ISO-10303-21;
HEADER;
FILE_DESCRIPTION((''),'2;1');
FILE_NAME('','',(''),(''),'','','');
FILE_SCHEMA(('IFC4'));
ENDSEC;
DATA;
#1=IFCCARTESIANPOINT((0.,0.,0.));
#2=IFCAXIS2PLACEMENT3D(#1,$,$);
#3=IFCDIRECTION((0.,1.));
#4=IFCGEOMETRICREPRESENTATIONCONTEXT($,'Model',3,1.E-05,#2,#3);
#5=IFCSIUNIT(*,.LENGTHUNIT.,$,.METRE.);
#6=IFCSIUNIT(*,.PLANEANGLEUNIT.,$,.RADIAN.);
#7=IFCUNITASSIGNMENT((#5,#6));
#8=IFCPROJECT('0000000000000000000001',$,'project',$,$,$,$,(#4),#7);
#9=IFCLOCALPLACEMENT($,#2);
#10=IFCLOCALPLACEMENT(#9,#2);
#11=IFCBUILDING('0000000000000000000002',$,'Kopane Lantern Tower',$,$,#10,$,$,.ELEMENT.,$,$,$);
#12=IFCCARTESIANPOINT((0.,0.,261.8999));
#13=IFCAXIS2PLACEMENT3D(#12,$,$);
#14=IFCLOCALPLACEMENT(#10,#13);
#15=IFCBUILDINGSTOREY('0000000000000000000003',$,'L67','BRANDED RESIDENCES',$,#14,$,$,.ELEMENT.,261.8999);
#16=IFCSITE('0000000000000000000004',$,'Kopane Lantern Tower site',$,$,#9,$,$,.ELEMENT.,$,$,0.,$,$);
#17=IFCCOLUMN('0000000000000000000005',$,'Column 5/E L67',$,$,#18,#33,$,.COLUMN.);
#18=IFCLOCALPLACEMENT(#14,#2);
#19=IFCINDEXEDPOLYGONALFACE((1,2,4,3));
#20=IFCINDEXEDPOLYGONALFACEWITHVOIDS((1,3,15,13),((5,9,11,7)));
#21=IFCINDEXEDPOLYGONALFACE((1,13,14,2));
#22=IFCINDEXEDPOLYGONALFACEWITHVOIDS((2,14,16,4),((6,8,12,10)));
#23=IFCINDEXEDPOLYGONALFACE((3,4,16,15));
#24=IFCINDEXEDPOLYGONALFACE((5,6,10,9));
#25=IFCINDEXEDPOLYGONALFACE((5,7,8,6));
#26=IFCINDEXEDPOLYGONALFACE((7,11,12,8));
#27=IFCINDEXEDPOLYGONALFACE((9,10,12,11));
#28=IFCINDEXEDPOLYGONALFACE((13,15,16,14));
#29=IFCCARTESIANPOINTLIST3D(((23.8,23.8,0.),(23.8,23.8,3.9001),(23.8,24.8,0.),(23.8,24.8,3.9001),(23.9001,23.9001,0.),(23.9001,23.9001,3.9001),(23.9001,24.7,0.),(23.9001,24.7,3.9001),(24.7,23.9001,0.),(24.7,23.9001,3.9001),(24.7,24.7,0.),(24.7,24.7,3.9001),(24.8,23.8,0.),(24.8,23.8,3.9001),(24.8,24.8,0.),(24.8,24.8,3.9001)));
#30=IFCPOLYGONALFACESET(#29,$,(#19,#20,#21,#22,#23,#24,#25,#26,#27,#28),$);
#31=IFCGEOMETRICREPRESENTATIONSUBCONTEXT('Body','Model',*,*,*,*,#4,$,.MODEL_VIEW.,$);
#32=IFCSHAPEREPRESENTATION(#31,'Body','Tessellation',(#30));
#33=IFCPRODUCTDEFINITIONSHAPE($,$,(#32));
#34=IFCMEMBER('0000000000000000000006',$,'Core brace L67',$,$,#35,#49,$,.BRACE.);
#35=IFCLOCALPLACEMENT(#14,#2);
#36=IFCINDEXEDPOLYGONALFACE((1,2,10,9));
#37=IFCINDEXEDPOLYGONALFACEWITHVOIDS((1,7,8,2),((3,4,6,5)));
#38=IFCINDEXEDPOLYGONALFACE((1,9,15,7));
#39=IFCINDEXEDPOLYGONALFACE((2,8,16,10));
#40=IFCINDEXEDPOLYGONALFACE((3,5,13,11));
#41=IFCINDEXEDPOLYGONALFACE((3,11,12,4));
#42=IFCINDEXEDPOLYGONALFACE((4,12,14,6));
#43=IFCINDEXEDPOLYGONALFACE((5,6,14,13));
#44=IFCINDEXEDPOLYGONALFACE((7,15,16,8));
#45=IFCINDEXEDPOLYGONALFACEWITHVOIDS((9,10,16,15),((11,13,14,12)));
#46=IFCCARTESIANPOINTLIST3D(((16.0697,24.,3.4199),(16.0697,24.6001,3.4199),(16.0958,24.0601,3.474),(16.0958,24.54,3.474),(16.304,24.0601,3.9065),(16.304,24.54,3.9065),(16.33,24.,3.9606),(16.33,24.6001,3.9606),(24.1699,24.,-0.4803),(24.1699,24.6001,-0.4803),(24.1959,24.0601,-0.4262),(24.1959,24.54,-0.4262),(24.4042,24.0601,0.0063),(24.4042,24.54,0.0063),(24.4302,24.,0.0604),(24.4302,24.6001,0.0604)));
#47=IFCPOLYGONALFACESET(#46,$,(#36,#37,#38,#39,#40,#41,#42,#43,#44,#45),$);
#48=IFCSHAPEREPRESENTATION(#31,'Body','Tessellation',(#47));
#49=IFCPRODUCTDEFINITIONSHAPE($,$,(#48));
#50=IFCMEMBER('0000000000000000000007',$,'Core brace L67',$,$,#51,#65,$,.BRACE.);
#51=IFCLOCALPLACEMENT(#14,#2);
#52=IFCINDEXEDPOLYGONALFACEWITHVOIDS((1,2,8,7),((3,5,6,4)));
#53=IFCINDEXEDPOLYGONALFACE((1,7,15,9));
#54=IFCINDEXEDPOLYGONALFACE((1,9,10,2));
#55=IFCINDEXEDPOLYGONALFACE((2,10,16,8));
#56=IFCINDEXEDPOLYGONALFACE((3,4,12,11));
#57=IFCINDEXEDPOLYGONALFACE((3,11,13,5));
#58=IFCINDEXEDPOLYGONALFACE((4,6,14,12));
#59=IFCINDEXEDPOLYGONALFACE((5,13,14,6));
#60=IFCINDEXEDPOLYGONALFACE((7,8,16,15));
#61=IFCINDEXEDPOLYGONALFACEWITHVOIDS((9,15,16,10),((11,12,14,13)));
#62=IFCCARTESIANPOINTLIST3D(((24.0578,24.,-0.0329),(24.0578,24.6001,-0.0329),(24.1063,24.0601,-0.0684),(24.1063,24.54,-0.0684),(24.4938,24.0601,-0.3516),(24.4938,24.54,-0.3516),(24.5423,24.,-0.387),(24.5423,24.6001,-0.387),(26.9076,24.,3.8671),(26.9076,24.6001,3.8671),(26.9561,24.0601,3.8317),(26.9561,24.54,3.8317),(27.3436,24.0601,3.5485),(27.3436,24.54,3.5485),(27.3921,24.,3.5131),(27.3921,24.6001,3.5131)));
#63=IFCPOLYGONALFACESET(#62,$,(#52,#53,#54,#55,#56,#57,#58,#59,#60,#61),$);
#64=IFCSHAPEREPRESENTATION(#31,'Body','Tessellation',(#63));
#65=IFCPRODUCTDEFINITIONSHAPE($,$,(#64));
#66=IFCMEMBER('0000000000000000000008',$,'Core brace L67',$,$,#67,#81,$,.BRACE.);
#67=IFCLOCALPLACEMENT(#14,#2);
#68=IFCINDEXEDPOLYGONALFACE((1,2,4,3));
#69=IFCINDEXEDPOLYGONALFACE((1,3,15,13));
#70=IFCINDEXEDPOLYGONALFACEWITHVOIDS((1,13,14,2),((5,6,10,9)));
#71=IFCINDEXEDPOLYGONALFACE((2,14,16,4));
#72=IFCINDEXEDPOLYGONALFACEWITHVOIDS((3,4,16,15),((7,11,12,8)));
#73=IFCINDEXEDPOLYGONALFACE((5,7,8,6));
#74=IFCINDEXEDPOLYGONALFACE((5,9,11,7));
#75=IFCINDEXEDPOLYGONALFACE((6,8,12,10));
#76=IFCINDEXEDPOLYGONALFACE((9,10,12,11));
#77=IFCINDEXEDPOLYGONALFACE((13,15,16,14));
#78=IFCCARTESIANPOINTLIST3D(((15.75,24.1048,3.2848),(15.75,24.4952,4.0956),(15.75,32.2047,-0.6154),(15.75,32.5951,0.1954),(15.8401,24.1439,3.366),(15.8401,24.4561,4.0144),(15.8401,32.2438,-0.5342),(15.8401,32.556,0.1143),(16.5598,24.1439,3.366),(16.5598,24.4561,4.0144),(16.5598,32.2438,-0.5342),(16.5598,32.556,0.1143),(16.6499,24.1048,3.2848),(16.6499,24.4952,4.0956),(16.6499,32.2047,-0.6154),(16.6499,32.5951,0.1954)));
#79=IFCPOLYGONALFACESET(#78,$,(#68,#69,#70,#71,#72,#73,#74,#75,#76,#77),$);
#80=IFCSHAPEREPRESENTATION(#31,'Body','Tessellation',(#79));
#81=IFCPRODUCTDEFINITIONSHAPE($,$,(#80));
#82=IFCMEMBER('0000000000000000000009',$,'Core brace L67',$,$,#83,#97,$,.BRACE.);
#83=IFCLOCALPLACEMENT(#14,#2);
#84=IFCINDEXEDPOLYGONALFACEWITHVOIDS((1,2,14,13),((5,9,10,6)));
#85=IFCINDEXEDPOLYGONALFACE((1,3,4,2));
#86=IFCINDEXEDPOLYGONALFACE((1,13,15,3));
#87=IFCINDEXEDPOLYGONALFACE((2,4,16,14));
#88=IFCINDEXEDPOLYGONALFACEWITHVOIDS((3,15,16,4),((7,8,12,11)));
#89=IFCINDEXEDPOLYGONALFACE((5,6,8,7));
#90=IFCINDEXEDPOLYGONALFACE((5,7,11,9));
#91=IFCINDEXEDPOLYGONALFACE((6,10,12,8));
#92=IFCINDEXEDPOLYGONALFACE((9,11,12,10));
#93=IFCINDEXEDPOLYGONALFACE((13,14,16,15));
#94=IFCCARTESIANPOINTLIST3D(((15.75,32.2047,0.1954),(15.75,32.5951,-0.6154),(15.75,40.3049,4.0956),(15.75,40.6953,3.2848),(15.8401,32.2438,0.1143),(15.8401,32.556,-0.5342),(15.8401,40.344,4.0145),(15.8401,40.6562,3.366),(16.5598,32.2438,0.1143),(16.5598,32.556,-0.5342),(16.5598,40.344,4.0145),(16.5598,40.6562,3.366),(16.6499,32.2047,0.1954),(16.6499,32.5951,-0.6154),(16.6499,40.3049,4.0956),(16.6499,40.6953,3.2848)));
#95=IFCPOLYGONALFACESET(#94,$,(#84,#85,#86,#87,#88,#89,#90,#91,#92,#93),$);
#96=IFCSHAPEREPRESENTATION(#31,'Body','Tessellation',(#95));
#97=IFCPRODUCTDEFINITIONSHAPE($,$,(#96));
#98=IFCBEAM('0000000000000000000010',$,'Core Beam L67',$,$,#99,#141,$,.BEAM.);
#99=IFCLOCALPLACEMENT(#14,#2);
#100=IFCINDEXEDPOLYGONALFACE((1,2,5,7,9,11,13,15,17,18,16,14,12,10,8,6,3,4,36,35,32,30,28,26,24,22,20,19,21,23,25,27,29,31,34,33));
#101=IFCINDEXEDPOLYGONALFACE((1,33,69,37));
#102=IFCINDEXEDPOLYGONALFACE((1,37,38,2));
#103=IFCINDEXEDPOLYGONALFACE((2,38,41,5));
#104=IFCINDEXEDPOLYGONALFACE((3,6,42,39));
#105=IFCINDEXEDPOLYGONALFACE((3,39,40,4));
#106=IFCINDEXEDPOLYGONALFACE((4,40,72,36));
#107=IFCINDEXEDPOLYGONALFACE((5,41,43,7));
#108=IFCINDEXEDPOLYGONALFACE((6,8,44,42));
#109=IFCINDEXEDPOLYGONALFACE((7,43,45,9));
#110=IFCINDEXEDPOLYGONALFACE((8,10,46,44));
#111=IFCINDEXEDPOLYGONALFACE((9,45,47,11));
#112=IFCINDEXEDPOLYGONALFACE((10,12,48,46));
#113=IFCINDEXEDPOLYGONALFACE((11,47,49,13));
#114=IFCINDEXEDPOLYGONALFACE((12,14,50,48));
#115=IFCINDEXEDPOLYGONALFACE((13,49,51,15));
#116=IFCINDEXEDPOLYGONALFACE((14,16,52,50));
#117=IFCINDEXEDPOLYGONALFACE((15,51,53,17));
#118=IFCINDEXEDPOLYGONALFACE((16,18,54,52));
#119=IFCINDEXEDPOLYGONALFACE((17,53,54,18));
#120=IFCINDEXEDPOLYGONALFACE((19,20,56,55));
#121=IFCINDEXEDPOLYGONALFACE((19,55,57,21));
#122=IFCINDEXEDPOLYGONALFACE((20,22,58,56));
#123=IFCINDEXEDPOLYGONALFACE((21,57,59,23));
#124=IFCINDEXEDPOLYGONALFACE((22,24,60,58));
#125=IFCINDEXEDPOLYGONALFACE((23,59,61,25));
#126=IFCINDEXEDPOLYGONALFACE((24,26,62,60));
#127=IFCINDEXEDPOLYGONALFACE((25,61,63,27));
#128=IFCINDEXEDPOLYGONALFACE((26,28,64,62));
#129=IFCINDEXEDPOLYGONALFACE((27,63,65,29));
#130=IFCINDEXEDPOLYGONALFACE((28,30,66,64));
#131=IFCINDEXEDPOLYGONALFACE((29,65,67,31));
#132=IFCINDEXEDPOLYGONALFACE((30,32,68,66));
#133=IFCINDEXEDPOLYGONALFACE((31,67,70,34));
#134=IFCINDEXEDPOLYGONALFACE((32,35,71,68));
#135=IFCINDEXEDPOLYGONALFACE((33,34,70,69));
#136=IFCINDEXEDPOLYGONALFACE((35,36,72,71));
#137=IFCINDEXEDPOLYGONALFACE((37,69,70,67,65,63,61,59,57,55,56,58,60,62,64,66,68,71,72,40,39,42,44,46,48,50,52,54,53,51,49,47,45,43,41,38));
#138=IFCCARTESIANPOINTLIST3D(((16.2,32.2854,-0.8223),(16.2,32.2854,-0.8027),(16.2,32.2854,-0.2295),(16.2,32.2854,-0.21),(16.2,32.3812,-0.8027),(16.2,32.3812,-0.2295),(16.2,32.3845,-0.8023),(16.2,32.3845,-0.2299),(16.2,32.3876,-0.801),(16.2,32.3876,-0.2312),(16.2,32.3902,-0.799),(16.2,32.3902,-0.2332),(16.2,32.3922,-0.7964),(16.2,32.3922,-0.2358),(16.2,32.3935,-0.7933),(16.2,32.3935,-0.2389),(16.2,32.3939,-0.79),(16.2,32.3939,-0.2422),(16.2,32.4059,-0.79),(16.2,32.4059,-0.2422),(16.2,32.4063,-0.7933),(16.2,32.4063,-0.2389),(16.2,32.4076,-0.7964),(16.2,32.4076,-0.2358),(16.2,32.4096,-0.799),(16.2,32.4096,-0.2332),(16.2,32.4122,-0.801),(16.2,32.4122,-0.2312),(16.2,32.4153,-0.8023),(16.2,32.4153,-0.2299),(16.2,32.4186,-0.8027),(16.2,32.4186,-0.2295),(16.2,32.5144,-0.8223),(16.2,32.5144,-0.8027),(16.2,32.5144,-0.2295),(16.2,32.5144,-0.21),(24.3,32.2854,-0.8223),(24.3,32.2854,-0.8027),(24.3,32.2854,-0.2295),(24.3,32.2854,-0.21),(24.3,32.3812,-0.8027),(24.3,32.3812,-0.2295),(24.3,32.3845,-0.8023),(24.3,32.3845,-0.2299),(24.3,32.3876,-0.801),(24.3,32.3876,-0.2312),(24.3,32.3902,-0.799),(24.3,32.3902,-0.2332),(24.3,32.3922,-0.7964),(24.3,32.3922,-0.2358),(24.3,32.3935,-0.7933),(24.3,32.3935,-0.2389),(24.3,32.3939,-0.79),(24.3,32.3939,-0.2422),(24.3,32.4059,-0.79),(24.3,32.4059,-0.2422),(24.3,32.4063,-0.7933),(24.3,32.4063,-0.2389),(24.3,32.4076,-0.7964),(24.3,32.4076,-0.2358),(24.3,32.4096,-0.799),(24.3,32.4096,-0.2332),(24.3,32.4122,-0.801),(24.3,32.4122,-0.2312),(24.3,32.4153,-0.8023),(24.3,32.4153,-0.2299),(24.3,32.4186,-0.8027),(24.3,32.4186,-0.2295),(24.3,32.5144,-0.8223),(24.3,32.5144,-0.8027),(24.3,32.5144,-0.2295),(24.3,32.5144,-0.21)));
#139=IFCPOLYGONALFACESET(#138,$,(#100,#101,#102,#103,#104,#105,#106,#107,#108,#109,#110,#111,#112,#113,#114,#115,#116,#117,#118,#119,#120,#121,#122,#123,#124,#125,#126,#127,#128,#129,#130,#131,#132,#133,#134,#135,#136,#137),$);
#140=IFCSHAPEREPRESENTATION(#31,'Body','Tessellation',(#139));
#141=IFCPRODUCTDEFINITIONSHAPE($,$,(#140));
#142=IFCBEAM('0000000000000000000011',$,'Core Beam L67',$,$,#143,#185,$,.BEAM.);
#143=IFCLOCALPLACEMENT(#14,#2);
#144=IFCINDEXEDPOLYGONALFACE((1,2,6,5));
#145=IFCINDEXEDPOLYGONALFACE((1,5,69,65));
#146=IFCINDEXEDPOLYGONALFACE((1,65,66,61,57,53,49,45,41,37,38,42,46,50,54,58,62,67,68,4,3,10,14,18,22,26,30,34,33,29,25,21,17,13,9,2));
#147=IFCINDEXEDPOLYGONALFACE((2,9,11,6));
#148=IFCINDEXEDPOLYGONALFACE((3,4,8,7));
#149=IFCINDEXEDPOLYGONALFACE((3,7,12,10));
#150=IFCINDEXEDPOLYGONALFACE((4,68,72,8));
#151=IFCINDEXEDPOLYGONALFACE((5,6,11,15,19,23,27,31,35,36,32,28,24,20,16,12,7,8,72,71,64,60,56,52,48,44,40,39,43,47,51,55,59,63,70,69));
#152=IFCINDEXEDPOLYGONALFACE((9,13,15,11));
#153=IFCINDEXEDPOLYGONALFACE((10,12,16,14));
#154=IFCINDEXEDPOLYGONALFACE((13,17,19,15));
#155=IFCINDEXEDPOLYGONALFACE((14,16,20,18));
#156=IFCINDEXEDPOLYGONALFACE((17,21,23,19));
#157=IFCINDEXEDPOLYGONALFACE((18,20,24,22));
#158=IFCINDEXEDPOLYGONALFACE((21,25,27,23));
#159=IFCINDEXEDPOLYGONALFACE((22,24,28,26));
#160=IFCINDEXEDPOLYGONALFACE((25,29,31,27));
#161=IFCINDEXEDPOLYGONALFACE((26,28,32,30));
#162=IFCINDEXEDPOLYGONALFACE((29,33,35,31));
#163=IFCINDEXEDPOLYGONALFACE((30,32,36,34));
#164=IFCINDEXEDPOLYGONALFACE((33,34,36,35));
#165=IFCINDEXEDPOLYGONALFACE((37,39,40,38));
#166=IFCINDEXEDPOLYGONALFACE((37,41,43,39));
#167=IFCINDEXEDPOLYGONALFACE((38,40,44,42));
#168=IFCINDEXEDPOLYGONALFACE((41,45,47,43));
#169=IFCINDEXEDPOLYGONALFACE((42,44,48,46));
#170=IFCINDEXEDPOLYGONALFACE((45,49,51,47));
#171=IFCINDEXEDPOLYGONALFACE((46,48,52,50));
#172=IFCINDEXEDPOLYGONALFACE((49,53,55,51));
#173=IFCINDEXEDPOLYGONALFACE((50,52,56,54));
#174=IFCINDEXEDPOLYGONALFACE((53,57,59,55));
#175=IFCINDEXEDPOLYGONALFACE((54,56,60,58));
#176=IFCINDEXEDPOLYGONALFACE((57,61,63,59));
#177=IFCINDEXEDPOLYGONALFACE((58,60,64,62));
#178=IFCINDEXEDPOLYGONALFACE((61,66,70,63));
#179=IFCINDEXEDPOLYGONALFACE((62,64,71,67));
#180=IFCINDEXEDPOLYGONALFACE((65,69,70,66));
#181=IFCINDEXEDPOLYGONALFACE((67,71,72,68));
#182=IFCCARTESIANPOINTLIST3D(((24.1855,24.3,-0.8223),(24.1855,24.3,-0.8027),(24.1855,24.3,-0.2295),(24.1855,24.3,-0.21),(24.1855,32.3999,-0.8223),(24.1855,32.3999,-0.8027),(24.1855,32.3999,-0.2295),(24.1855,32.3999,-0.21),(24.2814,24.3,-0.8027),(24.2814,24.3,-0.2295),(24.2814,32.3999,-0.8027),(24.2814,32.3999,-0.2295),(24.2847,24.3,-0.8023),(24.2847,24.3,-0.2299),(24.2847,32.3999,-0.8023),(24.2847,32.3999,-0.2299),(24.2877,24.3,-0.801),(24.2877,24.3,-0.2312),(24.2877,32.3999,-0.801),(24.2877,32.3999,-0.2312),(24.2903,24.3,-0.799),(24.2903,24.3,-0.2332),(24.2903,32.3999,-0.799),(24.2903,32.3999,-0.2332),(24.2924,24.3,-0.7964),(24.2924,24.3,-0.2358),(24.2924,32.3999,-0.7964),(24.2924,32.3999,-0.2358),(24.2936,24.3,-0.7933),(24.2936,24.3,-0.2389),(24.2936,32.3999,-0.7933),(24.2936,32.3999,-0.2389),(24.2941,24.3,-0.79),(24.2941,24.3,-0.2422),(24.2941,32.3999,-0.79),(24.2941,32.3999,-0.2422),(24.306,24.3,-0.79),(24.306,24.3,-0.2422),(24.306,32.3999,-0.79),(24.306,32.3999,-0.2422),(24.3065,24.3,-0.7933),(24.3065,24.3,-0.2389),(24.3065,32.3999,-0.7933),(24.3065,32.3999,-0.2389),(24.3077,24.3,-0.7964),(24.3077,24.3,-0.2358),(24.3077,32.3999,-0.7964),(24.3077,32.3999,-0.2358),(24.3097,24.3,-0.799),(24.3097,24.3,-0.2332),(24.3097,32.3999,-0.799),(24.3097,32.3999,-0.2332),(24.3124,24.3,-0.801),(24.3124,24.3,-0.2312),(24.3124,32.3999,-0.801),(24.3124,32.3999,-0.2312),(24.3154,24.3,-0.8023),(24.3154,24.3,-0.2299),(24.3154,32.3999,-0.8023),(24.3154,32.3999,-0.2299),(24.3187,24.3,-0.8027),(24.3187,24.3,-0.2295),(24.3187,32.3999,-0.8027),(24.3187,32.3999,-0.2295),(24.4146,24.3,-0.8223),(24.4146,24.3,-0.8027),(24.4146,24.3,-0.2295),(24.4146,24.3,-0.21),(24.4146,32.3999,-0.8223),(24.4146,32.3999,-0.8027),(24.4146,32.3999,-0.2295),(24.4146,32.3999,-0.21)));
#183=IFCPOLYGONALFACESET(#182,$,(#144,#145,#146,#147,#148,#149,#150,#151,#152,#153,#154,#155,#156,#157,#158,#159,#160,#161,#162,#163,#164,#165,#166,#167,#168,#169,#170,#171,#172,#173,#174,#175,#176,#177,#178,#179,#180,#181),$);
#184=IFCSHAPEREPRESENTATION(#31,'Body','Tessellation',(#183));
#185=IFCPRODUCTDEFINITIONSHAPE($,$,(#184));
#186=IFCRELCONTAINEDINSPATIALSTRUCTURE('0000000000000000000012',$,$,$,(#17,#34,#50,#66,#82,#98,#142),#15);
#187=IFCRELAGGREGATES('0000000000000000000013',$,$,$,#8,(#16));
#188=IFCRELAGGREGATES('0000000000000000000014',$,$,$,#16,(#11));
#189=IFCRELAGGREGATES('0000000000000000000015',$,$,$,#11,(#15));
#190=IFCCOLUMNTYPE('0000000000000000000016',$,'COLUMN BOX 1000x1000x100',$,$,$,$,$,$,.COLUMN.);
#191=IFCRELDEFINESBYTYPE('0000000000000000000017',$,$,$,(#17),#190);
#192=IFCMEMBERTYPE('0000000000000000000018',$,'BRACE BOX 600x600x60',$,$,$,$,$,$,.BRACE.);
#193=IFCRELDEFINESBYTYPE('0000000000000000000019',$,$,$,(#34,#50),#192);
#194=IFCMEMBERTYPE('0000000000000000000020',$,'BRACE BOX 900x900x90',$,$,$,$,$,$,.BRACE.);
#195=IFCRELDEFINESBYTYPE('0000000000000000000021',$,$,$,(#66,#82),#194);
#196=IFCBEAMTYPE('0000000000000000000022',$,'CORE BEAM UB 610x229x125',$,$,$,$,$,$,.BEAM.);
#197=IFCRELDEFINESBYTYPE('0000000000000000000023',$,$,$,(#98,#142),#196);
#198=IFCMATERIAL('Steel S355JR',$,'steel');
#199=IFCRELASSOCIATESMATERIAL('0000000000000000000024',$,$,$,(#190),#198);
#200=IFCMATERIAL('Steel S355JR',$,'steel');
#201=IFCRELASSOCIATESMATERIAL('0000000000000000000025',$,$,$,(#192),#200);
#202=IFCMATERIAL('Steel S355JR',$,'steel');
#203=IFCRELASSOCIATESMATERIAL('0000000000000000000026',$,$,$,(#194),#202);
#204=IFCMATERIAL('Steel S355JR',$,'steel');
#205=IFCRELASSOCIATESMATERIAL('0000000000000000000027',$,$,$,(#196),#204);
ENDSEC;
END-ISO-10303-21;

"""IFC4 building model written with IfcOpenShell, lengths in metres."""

from ifc_helpers import new_model, si_unit, direction, frame, origin, origin_2d, place, context, subcontext, project, spatial, hollow_rectangle, i_section, extrude, material, material_profile, profile_set, type_object, element, save


model = new_model("IFC4")

# Units and contexts
model_context = context("Model", 3, precision=1e-05, world=origin(), true_north=direction((0.0, 1.0)))
body_context = subcontext(model_context, "Body", "Model", "MODEL_VIEW")
ifc_project = project(units=[si_unit("LENGTHUNIT", "METRE"), si_unit("PLANEANGLEUNIT", "RADIAN")], contexts=[model_context])

# Site, building, storey
site_placement = place(None, origin())
site = spatial("IfcSite", under=ifc_project, at=site_placement, Name="Kopane Lantern Tower site", CompositionType="ELEMENT", RefElevation=0.0)
building_placement = place(site_placement, origin())
building = spatial("IfcBuilding", under=site, at=building_placement, Name="Kopane Lantern Tower", CompositionType="ELEMENT")
storey_placement = place(building_placement, frame((0.0, 0.0, 261.8999)))
storey = spatial("IfcBuildingStorey", under=building, at=storey_placement, Name="L67", Description="BRANDED RESIDENCES", CompositionType="ELEMENT", Elevation=261.8999)

# Column
ifc_material_1 = material(Name="Steel S355JR", Category="steel")
ifc_material_profile_1 = material_profile(ifc_material_1, hollow_rectangle(XDim=1.0, YDim=1.0, WallThickness=0.1001, at=origin_2d()), Name="BOX 1000x1000x100")
ifc_profile_set_1 = profile_set([ifc_material_profile_1], Name="Steel S355JR")
column_type = type_object("IfcColumnType", Name="COLUMN BOX 1000x1000x100", PredefinedType="COLUMN", material=ifc_profile_set_1)
column_placement = place(storey_placement, frame((24.3, 24.3, 0.0), z_axis=(0.0, 0.0, 1.0), x_axis=(1.0, 0.0, 0.0)))
element("IfcColumn", 1, at=column_placement, inside=storey, type_object=column_type, Name="Column 5/E L67", PredefinedType="COLUMN", context=body_context, shape_type="SweptSolid", body=[
    extrude(hollow_rectangle(XDim=1.0, YDim=1.0, WallThickness=0.1001, at=origin_2d()), origin(), (0.0, 0.0, 1.0), 3.9001),
])

# Members
ifc_material_2 = material(Name="Steel S355JR", Category="steel")
ifc_material_profile_2 = material_profile(ifc_material_2, hollow_rectangle(XDim=0.6001, YDim=0.6001, WallThickness=0.0601, at=origin_2d()), Name="BOX 600x600x60")
ifc_profile_set_2 = profile_set([ifc_material_profile_2], Name="Steel S355JR")
member_type_1 = type_object("IfcMemberType", Name="BRACE BOX 600x600x60", PredefinedType="BRACE", material=ifc_profile_set_2)
member_1_placement = place(storey_placement, frame((24.3, 24.3, -0.21), z_axis=(-0.900997, 0.0, 0.433825), x_axis=(0.0, -1.0, 0.0)))
element("IfcMember", 2, at=member_1_placement, inside=storey, type_object=member_type_1, Name="Core brace L67", PredefinedType="BRACE", context=body_context, shape_type="SweptSolid", body=[
    extrude(hollow_rectangle(XDim=0.6001, YDim=0.6001, WallThickness=0.0601, at=origin_2d()), origin(), (0.0, 0.0, 1.0), 8.9902),
])
member_2_placement = place(storey_placement, frame((24.3, 24.3, -0.21), z_axis=(0.589982, 0.0, 0.807416), x_axis=(0.0, 1.0, 0.0)))
element("IfcMember", 3, at=member_2_placement, inside=storey, type_object=member_type_1, Name="Core brace L67", PredefinedType="BRACE", context=body_context, shape_type="SweptSolid", body=[
    extrude(hollow_rectangle(XDim=0.6001, YDim=0.6001, WallThickness=0.0601, at=origin_2d()), origin(), (0.0, 0.0, 1.0), 4.8303),
])
ifc_material_3 = material(Name="Steel S355JR", Category="steel")
ifc_material_profile_3 = material_profile(ifc_material_3, hollow_rectangle(XDim=0.8999, YDim=0.8999, WallThickness=0.0901, at=origin_2d()), Name="BOX 900x900x90")
ifc_profile_set_3 = profile_set([ifc_material_profile_3], Name="Steel S355JR")
member_type_2 = type_object("IfcMemberType", Name="BRACE BOX 900x900x90", PredefinedType="BRACE", material=ifc_profile_set_3)
member_3_placement = place(storey_placement, frame((16.2, 32.3999, -0.21), z_axis=(0.0, -0.900992, 0.433835), x_axis=(1.0, 0.0, 0.0)))
element("IfcMember", 4, at=member_3_placement, inside=storey, type_object=member_type_2, Name="Core brace L67", PredefinedType="BRACE", context=body_context, shape_type="SweptSolid", body=[
    extrude(hollow_rectangle(XDim=0.8999, YDim=0.8999, WallThickness=0.0901, at=origin_2d()), origin(), (0.0, 0.0, 1.0), 8.99),
])
member_4_placement = place(storey_placement, frame((16.2, 32.3999, -0.21), z_axis=(0.0, 0.900997, 0.433825), x_axis=(-1.0, 0.0, 0.0)))
element("IfcMember", 5, at=member_4_placement, inside=storey, type_object=member_type_2, Name="Core brace L67", PredefinedType="BRACE", context=body_context, shape_type="SweptSolid", body=[
    extrude(hollow_rectangle(XDim=0.8999, YDim=0.8999, WallThickness=0.0901, at=origin_2d()), origin(), (0.0, 0.0, 1.0), 8.9902),
])

# Beams
ifc_material_4 = material(Name="Steel S355JR", Category="steel")
ifc_material_profile_4 = material_profile(ifc_material_4, i_section(OverallWidth=0.229, OverallDepth=0.6123, WebThickness=0.012, FlangeThickness=0.0195, FilletRadius=0.0127, at=origin_2d()), Name="UB 610x229x125")
ifc_profile_set_4 = profile_set([ifc_material_profile_4], Name="Steel S355JR")
beam_type_1 = type_object("IfcBeamType", Name="CORE BEAM UB 610x229x125", PredefinedType="BEAM", material=ifc_profile_set_4)
beam_1_placement = place(storey_placement, frame((16.2, 32.3999, -0.5161), z_axis=(1.0, 0.0, 0.0), x_axis=(0.0, 1.0, 0.0)))
element("IfcBeam", 6, at=beam_1_placement, inside=storey, type_object=beam_type_1, Name="Core Beam L67", PredefinedType="BEAM", context=body_context, shape_type="SweptSolid", body=[
    extrude(i_section(OverallWidth=0.229, OverallDepth=0.6123, WebThickness=0.012, FlangeThickness=0.0195, FilletRadius=0.0127, at=origin_2d()), origin(), (0.0, 0.0, 1.0), 8.1001),
])
beam_2_placement = place(storey_placement, frame((24.3, 24.3, -0.5161), z_axis=(0.0, 1.0, 0.0), x_axis=(-1.0, 0.0, 0.0)))
element("IfcBeam", 7, at=beam_2_placement, inside=storey, type_object=beam_type_1, Name="Core Beam L67", PredefinedType="BEAM", context=body_context, shape_type="SweptSolid", body=[
    extrude(i_section(OverallWidth=0.229, OverallDepth=0.6123, WebThickness=0.012, FlangeThickness=0.0195, FilletRadius=0.0127, at=origin_2d()), origin(), (0.0, 0.0, 1.0), 8.0999),
])

save(model, "model.ifc")
